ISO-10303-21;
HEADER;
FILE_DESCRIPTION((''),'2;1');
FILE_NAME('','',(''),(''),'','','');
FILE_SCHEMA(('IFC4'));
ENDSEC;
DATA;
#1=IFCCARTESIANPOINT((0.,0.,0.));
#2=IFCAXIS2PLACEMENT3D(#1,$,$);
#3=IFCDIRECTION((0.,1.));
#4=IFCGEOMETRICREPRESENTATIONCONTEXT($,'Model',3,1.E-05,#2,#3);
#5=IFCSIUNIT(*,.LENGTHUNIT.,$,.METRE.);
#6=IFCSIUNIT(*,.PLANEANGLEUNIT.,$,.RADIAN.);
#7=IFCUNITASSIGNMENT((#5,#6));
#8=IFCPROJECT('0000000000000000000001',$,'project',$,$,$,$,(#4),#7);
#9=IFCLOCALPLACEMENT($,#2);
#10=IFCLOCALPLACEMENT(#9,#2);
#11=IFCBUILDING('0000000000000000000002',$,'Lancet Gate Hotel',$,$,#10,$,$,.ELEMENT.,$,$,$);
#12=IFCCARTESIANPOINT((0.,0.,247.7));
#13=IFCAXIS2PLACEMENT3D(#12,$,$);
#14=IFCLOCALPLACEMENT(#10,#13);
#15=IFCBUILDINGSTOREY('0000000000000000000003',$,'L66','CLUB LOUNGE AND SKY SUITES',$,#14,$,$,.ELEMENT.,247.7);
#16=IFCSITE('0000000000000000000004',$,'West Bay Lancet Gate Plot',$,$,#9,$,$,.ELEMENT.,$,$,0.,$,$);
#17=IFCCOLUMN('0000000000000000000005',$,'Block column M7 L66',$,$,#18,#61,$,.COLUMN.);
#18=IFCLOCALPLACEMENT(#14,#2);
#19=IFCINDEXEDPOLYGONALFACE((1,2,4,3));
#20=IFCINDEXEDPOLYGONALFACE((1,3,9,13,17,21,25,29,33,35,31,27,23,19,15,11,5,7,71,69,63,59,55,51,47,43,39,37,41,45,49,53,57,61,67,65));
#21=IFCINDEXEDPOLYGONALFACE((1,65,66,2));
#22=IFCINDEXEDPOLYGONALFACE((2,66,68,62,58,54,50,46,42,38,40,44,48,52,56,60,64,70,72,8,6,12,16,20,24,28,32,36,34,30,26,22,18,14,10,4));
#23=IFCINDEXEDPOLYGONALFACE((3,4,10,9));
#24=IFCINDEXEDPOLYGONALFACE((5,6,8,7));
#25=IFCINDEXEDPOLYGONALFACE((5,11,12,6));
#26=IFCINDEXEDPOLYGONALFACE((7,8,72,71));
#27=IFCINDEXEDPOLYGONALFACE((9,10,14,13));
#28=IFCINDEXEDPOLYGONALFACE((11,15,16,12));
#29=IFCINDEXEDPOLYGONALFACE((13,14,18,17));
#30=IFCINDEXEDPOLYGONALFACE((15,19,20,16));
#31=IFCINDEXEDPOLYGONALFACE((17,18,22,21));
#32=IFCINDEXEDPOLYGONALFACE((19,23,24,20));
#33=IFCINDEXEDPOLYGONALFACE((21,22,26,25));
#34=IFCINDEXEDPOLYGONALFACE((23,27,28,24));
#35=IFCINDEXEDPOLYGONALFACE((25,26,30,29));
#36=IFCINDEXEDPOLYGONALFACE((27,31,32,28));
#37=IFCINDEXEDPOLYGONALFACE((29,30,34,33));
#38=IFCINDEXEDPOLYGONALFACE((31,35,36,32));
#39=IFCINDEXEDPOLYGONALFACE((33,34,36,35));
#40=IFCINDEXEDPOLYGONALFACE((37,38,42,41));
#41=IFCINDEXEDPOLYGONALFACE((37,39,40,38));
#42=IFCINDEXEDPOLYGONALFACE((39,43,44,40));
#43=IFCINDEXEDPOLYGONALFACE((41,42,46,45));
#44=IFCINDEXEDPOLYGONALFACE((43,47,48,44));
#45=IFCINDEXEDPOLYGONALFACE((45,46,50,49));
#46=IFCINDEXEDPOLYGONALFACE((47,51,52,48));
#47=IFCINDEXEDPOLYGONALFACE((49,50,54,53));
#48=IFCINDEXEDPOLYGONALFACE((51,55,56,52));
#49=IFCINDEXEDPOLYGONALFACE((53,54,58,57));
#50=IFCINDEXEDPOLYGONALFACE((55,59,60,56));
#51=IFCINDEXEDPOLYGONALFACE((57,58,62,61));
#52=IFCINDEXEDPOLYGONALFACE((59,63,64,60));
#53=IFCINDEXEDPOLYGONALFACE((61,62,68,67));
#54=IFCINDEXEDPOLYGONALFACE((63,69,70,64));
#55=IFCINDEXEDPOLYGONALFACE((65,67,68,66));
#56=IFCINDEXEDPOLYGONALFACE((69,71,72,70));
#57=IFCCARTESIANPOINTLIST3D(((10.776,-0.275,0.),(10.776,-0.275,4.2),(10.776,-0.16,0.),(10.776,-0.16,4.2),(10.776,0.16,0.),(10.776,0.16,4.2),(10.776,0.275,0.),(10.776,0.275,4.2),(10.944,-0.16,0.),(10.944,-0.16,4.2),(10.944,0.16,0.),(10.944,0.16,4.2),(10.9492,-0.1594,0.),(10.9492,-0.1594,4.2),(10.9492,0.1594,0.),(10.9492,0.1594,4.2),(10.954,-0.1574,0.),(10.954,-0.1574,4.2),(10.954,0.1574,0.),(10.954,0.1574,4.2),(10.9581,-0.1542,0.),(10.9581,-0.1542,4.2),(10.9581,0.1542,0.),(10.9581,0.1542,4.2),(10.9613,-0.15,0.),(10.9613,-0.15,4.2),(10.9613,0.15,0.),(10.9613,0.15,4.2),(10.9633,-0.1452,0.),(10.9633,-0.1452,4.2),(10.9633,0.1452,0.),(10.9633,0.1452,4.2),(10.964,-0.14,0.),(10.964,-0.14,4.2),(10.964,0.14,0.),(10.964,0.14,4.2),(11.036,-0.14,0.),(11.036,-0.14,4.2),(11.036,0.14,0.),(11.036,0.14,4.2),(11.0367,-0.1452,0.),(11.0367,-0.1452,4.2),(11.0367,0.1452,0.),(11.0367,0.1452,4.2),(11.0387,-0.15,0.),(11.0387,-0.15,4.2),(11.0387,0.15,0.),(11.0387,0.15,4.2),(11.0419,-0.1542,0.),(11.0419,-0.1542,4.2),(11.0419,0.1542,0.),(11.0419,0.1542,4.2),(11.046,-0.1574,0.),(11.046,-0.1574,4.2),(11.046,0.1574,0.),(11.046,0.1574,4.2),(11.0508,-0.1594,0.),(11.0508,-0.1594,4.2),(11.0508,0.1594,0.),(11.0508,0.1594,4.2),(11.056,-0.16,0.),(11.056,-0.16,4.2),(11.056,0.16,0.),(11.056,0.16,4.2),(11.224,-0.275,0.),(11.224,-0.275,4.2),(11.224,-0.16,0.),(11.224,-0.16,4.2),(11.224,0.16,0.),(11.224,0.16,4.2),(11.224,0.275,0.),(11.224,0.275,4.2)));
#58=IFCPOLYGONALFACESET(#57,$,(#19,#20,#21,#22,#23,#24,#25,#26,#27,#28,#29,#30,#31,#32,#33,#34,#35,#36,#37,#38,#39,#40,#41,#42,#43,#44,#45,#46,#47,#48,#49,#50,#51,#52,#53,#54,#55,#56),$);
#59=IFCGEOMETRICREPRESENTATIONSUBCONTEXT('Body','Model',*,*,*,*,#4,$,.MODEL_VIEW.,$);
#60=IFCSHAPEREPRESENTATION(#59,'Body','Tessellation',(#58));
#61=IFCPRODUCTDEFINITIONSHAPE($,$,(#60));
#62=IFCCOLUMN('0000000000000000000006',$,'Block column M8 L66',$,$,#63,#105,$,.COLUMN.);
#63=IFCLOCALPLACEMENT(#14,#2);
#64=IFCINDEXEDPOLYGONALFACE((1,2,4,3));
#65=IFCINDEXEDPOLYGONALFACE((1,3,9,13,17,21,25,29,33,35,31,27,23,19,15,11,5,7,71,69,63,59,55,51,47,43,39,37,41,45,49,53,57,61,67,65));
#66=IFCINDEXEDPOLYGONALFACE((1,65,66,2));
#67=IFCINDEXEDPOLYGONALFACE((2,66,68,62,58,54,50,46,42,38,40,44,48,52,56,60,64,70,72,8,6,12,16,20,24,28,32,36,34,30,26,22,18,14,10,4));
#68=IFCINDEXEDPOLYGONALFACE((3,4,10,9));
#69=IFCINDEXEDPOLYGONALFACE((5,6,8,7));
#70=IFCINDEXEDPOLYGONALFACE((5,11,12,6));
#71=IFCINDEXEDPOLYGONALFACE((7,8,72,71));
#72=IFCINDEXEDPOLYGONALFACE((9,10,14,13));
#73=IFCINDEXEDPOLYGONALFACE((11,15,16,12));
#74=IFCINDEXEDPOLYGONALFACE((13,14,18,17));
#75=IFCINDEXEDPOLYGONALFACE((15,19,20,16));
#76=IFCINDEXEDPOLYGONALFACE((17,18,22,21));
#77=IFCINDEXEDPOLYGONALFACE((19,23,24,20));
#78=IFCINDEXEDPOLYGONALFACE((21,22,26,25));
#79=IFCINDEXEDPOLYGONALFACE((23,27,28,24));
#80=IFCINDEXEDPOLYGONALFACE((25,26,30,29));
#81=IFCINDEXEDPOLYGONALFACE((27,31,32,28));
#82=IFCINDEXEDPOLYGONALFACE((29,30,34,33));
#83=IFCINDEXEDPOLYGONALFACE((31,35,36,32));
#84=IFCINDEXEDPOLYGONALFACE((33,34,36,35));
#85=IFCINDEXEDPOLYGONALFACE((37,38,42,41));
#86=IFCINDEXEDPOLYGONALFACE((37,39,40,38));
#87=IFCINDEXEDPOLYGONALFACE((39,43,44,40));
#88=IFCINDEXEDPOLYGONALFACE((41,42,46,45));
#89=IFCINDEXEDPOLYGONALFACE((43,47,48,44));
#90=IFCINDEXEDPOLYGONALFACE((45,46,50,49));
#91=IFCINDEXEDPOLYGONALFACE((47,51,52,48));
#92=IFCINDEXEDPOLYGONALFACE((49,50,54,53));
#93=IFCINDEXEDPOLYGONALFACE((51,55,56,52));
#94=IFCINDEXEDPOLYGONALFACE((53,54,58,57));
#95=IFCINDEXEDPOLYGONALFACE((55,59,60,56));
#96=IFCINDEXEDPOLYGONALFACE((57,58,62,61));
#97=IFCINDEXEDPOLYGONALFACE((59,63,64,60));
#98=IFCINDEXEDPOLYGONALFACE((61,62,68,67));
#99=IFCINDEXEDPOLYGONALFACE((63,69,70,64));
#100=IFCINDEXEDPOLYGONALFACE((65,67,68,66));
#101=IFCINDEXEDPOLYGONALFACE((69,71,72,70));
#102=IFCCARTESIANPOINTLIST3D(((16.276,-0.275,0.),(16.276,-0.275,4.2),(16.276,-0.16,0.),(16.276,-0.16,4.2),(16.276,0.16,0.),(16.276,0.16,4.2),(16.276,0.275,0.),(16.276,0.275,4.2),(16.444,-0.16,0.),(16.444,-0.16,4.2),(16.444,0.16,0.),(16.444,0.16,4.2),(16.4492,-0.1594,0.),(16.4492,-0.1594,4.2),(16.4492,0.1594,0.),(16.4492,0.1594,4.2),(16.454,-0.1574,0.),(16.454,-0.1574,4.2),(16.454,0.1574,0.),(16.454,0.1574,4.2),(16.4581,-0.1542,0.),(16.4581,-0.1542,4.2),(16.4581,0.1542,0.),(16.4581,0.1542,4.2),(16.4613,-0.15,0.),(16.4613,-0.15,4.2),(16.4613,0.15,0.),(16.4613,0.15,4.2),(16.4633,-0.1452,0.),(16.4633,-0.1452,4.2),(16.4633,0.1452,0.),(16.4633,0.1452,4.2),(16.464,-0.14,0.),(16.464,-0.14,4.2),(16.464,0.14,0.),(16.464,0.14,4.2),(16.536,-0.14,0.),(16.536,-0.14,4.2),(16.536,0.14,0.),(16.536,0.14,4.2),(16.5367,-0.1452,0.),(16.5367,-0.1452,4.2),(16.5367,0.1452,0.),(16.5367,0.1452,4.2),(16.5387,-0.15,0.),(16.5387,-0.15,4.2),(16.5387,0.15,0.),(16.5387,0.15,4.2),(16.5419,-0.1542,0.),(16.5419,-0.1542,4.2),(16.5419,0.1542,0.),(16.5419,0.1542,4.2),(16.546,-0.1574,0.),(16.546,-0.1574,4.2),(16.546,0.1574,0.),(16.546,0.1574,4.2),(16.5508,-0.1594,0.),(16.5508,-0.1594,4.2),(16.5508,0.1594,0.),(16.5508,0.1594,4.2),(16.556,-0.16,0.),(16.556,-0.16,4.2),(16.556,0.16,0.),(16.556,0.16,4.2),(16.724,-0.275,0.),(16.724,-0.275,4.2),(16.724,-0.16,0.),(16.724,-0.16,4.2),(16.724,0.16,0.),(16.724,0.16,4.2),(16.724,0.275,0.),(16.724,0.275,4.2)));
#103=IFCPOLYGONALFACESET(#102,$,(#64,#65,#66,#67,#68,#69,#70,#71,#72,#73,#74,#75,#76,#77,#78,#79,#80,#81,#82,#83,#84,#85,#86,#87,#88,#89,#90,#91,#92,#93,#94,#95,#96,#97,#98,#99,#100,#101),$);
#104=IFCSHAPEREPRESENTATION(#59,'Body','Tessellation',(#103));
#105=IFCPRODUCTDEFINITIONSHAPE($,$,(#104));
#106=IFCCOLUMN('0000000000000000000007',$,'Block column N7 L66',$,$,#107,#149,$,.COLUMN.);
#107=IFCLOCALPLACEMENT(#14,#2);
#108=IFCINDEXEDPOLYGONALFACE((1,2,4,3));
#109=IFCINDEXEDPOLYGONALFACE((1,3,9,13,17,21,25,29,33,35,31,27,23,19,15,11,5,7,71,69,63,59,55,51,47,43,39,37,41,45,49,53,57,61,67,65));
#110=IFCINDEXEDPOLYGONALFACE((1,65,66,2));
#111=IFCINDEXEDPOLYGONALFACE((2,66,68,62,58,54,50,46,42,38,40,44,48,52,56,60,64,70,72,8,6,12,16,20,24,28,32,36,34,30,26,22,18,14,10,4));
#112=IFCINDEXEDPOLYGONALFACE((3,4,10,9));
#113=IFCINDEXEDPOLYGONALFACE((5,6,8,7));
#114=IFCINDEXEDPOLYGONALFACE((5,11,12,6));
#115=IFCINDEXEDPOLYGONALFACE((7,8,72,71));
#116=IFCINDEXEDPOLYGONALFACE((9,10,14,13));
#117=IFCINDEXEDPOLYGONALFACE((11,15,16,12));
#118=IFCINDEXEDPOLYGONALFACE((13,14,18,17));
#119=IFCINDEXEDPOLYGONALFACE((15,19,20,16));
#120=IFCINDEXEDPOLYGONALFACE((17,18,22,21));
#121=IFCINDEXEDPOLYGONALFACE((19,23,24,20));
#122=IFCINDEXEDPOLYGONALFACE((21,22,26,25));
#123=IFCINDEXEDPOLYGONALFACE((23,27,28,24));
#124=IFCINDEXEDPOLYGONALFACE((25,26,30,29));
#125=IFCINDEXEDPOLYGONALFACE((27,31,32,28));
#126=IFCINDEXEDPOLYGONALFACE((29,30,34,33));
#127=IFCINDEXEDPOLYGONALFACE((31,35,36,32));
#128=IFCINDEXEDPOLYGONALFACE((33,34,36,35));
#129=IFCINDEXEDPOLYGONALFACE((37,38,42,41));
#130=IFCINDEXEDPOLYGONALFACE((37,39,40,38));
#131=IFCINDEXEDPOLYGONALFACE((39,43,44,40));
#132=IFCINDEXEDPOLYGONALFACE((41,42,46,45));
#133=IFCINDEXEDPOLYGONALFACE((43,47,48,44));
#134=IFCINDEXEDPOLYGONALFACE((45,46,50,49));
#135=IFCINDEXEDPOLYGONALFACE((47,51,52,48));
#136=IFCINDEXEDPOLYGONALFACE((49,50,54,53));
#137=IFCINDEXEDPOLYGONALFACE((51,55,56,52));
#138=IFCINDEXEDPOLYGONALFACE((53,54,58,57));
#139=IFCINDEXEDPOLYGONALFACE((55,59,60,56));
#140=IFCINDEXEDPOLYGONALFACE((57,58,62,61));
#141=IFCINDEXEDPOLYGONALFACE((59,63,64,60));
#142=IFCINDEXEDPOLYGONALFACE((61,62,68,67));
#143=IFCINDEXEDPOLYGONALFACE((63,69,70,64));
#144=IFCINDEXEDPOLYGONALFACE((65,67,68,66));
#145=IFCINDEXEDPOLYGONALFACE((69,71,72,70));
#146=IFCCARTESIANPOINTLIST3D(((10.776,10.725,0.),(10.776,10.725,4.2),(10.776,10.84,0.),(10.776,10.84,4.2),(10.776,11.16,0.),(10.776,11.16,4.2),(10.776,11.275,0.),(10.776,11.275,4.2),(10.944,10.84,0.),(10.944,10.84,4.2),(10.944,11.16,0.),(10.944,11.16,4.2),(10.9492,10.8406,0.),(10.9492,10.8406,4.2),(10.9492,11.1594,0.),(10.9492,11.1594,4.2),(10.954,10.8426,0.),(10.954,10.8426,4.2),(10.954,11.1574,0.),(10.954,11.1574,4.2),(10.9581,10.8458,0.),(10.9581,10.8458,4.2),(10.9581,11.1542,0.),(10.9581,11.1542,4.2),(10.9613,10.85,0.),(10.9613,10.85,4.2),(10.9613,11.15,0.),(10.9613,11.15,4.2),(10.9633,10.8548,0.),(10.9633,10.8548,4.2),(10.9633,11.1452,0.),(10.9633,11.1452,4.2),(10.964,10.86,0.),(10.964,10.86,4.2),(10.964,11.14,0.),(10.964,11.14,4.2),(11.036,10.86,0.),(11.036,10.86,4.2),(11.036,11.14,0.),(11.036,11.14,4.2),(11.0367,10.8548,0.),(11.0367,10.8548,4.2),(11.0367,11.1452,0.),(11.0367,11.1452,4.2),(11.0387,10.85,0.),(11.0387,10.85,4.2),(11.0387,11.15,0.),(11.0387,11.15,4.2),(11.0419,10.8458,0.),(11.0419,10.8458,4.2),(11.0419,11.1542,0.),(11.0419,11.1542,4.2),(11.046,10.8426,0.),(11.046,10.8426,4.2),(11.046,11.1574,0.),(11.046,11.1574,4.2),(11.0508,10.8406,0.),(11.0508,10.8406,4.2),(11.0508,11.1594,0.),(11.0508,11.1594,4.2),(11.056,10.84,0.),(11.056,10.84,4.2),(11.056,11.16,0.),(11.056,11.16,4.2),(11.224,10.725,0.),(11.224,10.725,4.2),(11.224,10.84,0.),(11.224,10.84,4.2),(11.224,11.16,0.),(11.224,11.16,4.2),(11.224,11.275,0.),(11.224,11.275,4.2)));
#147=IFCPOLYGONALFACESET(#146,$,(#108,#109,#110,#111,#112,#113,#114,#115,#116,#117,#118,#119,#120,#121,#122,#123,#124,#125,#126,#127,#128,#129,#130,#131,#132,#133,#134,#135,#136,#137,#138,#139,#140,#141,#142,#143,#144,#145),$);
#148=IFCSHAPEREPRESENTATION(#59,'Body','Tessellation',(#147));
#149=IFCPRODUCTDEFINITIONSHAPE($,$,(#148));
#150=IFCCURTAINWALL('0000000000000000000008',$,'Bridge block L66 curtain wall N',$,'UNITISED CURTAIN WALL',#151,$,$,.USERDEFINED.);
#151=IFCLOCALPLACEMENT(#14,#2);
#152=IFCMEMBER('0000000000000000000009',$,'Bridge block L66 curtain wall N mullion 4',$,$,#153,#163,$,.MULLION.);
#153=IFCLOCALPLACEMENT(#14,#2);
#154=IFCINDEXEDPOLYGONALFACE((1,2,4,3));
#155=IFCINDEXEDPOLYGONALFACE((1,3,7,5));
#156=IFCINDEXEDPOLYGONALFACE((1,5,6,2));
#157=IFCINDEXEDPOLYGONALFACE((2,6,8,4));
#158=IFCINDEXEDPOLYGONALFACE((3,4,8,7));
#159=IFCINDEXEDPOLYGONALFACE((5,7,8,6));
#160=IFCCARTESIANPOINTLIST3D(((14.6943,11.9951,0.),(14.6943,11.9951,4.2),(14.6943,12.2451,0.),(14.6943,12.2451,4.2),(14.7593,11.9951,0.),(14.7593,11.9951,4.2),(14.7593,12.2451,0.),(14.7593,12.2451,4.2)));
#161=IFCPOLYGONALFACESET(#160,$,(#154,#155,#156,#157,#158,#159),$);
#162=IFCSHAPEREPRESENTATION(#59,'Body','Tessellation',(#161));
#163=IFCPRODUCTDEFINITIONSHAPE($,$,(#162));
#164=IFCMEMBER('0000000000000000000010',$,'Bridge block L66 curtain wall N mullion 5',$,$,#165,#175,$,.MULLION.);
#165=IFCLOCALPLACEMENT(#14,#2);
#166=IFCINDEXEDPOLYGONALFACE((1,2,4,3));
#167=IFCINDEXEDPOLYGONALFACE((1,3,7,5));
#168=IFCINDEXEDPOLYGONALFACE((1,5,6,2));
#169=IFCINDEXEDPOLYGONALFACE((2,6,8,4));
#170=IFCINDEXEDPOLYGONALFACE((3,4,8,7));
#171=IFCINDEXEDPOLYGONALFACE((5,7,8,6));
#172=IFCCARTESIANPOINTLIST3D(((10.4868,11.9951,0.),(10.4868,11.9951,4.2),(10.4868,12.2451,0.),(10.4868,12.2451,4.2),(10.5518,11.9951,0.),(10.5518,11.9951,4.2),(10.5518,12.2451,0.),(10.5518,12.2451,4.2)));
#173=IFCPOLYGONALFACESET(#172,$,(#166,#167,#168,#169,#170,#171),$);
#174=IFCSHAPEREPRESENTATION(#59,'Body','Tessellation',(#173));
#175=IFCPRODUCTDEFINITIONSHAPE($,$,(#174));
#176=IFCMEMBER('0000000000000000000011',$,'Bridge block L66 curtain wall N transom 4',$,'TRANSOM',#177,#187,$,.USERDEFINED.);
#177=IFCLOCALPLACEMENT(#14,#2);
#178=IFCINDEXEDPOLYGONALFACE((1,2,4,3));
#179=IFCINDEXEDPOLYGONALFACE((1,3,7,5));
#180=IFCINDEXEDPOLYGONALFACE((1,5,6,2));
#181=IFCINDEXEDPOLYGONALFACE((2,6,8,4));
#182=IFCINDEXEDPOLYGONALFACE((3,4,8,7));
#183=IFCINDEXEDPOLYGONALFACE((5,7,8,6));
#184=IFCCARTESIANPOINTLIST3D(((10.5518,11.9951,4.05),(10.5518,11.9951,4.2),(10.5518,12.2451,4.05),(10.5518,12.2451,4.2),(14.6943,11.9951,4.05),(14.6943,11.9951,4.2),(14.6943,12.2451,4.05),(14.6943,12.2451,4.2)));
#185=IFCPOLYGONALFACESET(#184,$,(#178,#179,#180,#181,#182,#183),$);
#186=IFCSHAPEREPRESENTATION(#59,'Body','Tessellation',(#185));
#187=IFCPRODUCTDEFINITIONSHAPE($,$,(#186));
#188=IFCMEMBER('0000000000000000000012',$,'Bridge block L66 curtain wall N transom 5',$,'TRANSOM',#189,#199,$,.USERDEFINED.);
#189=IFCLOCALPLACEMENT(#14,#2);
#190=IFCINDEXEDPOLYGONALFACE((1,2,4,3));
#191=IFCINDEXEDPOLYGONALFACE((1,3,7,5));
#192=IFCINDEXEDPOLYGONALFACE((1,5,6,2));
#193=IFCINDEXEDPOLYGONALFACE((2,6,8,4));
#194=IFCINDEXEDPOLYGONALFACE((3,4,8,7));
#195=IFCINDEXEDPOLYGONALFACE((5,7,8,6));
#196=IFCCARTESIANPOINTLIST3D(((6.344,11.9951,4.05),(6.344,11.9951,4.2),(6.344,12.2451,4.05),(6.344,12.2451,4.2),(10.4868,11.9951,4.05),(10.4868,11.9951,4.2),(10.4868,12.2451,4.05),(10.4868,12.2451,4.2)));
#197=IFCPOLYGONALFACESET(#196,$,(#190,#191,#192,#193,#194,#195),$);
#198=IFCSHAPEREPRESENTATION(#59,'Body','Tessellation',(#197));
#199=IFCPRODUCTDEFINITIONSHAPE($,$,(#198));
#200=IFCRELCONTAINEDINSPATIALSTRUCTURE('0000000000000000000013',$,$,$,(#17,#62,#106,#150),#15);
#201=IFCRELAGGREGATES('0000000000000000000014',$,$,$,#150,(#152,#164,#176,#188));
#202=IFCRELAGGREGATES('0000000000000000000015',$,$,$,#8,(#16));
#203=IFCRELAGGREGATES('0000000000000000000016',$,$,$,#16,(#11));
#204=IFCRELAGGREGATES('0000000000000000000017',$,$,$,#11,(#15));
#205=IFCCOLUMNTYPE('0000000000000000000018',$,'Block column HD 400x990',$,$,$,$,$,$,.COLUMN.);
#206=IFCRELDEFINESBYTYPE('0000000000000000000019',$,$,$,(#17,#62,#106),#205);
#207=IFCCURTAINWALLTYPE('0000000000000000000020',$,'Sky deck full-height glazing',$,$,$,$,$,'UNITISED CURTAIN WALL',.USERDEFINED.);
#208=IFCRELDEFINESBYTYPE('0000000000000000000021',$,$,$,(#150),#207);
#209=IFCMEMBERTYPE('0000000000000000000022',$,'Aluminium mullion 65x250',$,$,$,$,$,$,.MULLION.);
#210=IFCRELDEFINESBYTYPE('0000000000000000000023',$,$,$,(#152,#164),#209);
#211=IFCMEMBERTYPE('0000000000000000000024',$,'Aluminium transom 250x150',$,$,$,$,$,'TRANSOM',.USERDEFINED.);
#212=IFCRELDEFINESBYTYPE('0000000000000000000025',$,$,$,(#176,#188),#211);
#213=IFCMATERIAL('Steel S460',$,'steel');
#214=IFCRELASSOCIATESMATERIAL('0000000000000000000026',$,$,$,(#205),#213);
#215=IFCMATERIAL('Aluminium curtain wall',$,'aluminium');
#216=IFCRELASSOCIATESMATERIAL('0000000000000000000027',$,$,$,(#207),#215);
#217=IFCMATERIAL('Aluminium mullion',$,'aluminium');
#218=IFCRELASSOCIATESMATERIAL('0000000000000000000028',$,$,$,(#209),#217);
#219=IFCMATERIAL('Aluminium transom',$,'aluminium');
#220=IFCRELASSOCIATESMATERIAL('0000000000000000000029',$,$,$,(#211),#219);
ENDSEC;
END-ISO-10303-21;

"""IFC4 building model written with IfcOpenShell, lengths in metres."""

from ifc_helpers import new_model, si_unit, direction, frame, origin, origin_2d, place, context, subcontext, project, spatial, rectangle, i_section, extrude, material, material_profile, profile_set, type_object, element, aggregate, save


model = new_model("IFC4")

# Units and contexts
model_context = context("Model", 3, precision=1e-05, world=origin(), true_north=direction((0.0, 1.0)))
body_context = subcontext(model_context, "Body", "Model", "MODEL_VIEW")
ifc_project = project(units=[si_unit("LENGTHUNIT", "METRE"), si_unit("PLANEANGLEUNIT", "RADIAN")], contexts=[model_context])

# Site, building, storey
site_placement = place(None, origin())
site = spatial("IfcSite", under=ifc_project, at=site_placement, Name="West Bay Lancet Gate Plot", CompositionType="ELEMENT", RefElevation=0.0)
building_placement = place(site_placement, origin())
building = spatial("IfcBuilding", under=site, at=building_placement, Name="Lancet Gate Hotel", CompositionType="ELEMENT")
storey_placement = place(building_placement, frame((0.0, 0.0, 247.7)))
storey = spatial("IfcBuildingStorey", under=building, at=storey_placement, Name="L66", Description="CLUB LOUNGE AND SKY SUITES", CompositionType="ELEMENT", Elevation=247.7)

# Columns
ifc_material_1 = material(Name="Steel S460", Category="steel")
ifc_material_profile_1 = material_profile(ifc_material_1, i_section(OverallWidth=0.448, OverallDepth=0.55, WebThickness=0.072, FlangeThickness=0.115, FilletRadius=0.02, at=origin_2d()), Name="HD 400x990")
ifc_profile_set_1 = profile_set([ifc_material_profile_1], Name="Steel S460")
column_type = type_object("IfcColumnType", Name="Block column HD 400x990", PredefinedType="COLUMN", material=ifc_profile_set_1)
for number, where, z_axis, x_axis, name in (
    (1, (11.0, 0.0, 0.0), (0.0, 0.0, 1.0), (1.0, 0.0, 0.0), "Block column M7 L66"),
    (2, (16.5, 0.0, 0.0), (0.0, 0.0, 1.0), (1.0, 0.0, 0.0), "Block column M8 L66"),
    (3, (11.0, 11.0, 0.0), (0.0, 0.0, 1.0), (1.0, 0.0, 0.0), "Block column N7 L66"),
):
    element("IfcColumn", number, at=place(storey_placement, frame(where, z_axis=z_axis, x_axis=x_axis)), inside=storey, type_object=column_type, Name=name, PredefinedType="COLUMN", context=body_context, shape_type="SweptSolid", body=[
        extrude(i_section(OverallWidth=0.448, OverallDepth=0.55, WebThickness=0.072, FlangeThickness=0.115, FilletRadius=0.02, at=origin_2d()), origin(), (0.0, 0.0, 1.0), 4.2),
    ])

# Curtain wall, members
ifc_material_2 = material(Name="Aluminium curtain wall", Category="aluminium")
curtain_wall_type = type_object("IfcCurtainWallType", Name="Sky deck full-height glazing", ElementType="UNITISED CURTAIN WALL", PredefinedType="USERDEFINED", material=ifc_material_2)
curtain_wall_placement = place(storey_placement, origin())
curtain_wall = element("IfcCurtainWall", 4, at=curtain_wall_placement, inside=storey, type_object=curtain_wall_type, Name="Bridge block L66 curtain wall N", ObjectType="UNITISED CURTAIN WALL", PredefinedType="USERDEFINED")
ifc_material_3 = material(Name="Aluminium mullion", Category="aluminium")
ifc_material_profile_2 = material_profile(ifc_material_3, rectangle(XDim=0.0649, YDim=0.25, at=origin_2d()), Name="MULLION 65x250")
ifc_profile_set_2 = profile_set([ifc_material_profile_2], Name="Aluminium mullion")
member_type_1 = type_object("IfcMemberType", Name="Aluminium mullion 65x250", PredefinedType="MULLION", material=ifc_profile_set_2)
member_1_placement = place(storey_placement, frame((14.7268, 12.1201, 0.0), z_axis=(0.0, 0.0, 1.0), x_axis=(-1.0, 0.0, 0.0)))
member_1 = element("IfcMember", 5, at=member_1_placement, type_object=member_type_1, Name="Bridge block L66 curtain wall N mullion 4", PredefinedType="MULLION", context=body_context, shape_type="SweptSolid", body=[
    extrude(rectangle(XDim=0.0649, YDim=0.25, at=origin_2d()), origin(), (0.0, 0.0, 1.0), 4.2),
])
member_2_placement = place(storey_placement, frame((10.5193, 12.1201, 0.0), z_axis=(0.0, 0.0, 1.0), x_axis=(-1.0, 0.0, 0.0)))
member_2 = element("IfcMember", 6, at=member_2_placement, type_object=member_type_1, Name="Bridge block L66 curtain wall N mullion 5", PredefinedType="MULLION", context=body_context, shape_type="SweptSolid", body=[
    extrude(rectangle(XDim=0.0649, YDim=0.25, at=origin_2d()), origin(), (0.0, 0.0, 1.0), 4.2),
])
ifc_material_4 = material(Name="Aluminium transom", Category="aluminium")
ifc_material_profile_3 = material_profile(ifc_material_4, rectangle(XDim=0.25, YDim=0.1499, at=origin_2d()), Name="TRANSOM 250x150")
ifc_profile_set_3 = profile_set([ifc_material_profile_3], Name="Aluminium transom")
member_type_2 = type_object("IfcMemberType", Name="Aluminium transom 250x150", ElementType="TRANSOM", PredefinedType="USERDEFINED", material=ifc_profile_set_3)
member_3_placement = place(storey_placement, frame((14.6943, 12.1201, 4.125), z_axis=(-1.0, 0.0, 0.0), x_axis=(0.0, -1.0, 0.0)))
member_3 = element("IfcMember", 7, at=member_3_placement, type_object=member_type_2, Name="Bridge block L66 curtain wall N transom 4", ObjectType="TRANSOM", PredefinedType="USERDEFINED", context=body_context, shape_type="SweptSolid", body=[
    extrude(rectangle(XDim=0.25, YDim=0.1499, at=origin_2d()), origin(), (0.0, 0.0, 1.0), 4.1426),
])
member_4_placement = place(storey_placement, frame((10.4868, 12.1201, 4.125), z_axis=(-1.0, 0.0, 0.0), x_axis=(0.0, -1.0, 0.0)))
member_4 = element("IfcMember", 8, at=member_4_placement, type_object=member_type_2, Name="Bridge block L66 curtain wall N transom 5", ObjectType="TRANSOM", PredefinedType="USERDEFINED", context=body_context, shape_type="SweptSolid", body=[
    extrude(rectangle(XDim=0.25, YDim=0.1499, at=origin_2d()), origin(), (0.0, 0.0, 1.0), 4.1428),
])

aggregate(curtain_wall, [member_1, member_2, member_3, member_4])

save(model, "model.ifc")
